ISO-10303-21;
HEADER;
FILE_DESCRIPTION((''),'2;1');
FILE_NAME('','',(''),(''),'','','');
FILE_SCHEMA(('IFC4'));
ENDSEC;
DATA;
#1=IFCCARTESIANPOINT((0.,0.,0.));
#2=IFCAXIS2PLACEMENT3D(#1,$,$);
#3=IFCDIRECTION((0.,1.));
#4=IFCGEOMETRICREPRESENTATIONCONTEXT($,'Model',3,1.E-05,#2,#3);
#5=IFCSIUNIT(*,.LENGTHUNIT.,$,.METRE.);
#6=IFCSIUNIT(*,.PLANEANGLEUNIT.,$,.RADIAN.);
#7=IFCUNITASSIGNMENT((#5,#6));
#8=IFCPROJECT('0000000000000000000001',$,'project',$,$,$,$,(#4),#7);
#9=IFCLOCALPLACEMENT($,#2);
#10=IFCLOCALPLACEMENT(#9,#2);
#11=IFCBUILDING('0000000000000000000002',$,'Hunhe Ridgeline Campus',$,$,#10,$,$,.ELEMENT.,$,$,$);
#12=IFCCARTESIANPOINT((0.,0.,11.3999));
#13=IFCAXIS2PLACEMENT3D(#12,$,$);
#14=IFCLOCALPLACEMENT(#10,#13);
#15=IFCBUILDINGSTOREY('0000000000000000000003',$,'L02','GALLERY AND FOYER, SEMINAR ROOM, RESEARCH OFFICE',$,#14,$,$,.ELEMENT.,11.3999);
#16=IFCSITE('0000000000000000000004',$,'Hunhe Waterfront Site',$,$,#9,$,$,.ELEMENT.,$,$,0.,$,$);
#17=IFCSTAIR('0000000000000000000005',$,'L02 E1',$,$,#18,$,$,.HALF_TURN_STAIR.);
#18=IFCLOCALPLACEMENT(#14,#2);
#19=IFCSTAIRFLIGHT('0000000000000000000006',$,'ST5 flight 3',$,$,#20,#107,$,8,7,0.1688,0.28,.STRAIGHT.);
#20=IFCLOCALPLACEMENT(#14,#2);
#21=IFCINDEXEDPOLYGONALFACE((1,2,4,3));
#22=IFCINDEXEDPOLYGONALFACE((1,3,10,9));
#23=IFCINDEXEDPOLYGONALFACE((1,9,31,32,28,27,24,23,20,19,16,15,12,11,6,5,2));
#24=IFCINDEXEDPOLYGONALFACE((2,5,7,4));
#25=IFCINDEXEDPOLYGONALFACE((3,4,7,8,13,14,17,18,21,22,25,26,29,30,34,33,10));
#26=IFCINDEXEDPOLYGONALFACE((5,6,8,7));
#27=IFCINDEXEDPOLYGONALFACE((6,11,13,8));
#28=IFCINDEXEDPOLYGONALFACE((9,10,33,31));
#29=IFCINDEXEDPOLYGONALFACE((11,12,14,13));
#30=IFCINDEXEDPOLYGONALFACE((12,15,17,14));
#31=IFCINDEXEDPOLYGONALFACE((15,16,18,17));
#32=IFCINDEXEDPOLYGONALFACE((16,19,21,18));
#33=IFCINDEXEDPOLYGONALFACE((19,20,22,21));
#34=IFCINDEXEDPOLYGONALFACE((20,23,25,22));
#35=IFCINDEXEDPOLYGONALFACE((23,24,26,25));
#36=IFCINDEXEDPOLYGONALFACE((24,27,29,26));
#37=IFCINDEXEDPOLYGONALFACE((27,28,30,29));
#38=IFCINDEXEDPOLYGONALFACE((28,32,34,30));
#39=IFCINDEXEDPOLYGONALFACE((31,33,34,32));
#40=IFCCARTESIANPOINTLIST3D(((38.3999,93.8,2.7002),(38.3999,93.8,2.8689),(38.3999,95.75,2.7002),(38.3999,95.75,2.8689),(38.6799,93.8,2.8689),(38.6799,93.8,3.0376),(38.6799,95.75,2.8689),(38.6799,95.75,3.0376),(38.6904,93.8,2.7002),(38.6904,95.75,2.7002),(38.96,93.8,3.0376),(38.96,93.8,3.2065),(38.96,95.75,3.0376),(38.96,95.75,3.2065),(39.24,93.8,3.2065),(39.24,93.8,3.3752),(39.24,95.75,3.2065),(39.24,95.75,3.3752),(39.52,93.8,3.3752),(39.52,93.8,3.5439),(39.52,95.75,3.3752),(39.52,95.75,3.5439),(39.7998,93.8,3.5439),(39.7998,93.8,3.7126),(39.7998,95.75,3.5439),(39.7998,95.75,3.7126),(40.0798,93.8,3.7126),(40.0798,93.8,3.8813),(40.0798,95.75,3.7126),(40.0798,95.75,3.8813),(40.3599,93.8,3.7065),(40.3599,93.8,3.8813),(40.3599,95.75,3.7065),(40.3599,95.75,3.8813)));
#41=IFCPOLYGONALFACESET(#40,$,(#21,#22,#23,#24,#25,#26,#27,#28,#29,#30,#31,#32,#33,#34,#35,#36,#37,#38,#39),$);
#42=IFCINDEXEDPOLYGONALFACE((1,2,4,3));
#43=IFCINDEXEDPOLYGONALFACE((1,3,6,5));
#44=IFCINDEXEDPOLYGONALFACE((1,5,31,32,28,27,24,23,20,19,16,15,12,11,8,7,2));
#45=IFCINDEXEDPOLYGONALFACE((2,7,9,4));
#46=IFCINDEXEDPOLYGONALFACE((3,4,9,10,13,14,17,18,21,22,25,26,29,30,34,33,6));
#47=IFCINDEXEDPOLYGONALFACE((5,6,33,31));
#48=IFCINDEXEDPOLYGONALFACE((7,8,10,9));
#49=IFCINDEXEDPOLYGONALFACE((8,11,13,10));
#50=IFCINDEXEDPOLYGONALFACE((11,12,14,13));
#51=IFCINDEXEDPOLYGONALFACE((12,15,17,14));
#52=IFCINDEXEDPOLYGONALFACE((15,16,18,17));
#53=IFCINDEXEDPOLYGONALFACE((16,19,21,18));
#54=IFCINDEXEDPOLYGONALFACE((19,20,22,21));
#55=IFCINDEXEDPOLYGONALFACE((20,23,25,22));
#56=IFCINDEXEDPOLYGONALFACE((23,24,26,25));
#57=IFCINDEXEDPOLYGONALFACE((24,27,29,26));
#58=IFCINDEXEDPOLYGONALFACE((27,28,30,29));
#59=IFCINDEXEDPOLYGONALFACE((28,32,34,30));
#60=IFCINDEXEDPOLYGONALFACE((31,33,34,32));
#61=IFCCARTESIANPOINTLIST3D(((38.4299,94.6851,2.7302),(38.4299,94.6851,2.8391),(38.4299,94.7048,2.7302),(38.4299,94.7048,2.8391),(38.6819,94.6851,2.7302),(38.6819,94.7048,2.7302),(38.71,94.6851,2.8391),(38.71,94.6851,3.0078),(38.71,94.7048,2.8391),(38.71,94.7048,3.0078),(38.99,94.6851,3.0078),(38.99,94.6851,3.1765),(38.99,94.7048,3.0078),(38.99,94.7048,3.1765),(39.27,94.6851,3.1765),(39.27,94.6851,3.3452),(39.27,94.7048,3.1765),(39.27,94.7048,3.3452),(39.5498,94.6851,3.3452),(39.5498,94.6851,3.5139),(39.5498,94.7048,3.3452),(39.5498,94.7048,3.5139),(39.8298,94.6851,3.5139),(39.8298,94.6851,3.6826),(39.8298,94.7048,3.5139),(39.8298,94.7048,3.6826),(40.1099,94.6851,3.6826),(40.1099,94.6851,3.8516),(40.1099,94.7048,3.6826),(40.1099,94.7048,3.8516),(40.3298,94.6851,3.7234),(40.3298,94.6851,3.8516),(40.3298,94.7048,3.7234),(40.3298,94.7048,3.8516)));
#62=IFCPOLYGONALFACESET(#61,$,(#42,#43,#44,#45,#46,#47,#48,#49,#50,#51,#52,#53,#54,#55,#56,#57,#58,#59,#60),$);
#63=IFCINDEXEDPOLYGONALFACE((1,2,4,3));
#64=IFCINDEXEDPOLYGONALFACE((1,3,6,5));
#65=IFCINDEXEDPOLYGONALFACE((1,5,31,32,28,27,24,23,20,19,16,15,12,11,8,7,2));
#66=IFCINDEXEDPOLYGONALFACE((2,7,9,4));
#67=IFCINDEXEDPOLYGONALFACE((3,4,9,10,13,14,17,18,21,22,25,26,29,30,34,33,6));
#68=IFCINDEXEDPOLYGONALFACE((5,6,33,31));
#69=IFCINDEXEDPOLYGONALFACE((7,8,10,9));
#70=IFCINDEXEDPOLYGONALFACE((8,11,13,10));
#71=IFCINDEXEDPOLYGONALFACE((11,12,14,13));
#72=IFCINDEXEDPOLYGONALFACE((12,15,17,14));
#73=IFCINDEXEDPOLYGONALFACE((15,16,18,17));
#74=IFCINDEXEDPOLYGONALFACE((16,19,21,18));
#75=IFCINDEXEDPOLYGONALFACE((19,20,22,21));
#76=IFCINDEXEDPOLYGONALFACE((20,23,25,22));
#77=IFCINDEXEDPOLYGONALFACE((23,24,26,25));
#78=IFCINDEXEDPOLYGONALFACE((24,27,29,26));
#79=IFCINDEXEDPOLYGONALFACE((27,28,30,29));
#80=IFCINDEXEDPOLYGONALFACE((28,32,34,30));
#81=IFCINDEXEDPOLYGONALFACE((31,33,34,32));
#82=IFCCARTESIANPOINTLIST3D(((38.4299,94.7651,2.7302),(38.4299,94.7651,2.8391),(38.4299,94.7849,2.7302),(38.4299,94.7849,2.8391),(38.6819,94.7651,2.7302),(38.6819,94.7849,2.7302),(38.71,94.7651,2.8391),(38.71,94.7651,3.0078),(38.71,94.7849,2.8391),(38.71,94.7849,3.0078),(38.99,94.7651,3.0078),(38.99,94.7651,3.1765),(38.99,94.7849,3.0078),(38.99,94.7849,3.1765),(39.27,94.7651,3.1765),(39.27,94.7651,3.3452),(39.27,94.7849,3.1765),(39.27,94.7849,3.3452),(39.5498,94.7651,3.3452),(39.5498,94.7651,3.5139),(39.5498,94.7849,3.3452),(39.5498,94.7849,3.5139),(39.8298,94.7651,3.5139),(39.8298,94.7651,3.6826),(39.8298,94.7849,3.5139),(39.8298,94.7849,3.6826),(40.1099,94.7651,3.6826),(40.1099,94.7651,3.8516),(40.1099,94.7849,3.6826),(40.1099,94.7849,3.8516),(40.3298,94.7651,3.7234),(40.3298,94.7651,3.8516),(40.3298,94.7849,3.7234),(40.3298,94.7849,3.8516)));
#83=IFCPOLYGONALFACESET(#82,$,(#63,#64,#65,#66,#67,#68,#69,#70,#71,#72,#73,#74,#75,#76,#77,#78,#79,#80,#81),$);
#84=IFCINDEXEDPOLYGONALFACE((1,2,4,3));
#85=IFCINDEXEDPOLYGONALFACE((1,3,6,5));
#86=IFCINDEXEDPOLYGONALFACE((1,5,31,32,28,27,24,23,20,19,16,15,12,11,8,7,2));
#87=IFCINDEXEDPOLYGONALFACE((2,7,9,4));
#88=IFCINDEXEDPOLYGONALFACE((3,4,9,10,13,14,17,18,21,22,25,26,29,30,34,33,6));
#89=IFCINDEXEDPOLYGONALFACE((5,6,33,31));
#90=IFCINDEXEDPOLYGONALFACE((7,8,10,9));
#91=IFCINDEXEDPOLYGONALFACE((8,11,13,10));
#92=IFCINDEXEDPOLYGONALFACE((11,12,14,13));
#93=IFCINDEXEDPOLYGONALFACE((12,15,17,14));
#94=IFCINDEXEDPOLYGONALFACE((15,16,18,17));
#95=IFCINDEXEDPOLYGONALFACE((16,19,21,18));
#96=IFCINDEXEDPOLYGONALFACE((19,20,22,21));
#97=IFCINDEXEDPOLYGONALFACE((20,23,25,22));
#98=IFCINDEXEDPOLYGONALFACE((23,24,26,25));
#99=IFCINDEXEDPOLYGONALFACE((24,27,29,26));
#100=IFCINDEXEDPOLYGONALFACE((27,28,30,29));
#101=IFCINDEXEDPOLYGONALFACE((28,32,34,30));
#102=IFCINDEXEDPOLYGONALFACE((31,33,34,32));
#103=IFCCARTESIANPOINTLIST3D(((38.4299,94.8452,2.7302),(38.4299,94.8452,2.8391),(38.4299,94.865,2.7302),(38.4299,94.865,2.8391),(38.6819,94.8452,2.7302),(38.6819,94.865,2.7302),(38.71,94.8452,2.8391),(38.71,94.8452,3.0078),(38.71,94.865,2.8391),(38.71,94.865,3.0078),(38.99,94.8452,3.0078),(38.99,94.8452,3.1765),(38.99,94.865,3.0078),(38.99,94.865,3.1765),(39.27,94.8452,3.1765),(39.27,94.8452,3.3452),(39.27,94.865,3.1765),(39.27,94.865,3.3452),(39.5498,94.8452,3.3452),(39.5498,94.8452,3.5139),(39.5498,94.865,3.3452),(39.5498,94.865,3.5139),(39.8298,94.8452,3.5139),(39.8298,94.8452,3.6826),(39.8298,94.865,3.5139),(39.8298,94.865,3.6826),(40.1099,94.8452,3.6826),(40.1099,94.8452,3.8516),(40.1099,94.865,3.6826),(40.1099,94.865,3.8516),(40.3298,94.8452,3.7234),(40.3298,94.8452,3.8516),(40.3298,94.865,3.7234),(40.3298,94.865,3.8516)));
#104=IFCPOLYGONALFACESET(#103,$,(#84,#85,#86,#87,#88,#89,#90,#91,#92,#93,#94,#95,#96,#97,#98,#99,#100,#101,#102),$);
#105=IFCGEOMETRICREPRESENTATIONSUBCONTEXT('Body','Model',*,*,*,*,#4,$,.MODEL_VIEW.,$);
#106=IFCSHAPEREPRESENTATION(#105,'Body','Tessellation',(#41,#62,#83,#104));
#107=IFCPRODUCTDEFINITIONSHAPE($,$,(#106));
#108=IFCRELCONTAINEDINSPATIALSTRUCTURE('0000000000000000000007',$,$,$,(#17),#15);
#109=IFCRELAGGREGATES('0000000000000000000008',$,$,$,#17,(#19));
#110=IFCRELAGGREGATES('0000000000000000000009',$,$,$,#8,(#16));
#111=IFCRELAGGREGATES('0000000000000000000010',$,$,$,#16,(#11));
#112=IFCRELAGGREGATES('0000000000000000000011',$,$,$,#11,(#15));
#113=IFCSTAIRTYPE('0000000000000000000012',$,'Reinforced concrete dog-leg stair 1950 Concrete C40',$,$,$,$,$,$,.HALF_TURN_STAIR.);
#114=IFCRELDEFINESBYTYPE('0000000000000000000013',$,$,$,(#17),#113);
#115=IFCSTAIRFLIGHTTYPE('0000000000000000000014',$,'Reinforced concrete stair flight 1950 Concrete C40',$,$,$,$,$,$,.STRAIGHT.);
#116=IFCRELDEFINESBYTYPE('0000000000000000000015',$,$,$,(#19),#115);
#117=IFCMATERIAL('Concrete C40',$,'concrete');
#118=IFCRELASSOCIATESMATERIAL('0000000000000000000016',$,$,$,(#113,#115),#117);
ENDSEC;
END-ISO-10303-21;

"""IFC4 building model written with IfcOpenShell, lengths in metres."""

from ifc_helpers import new_model, si_unit, direction, frame, origin, place, context, subcontext, project, spatial, polyline, outline, extrude, material, type_object, element, aggregate, save


model = new_model("IFC4")

# Units and contexts
model_context = context("Model", 3, precision=1e-05, world=origin(), true_north=direction((0.0, 1.0)))
body_context = subcontext(model_context, "Body", "Model", "MODEL_VIEW")
ifc_project = project(units=[si_unit("LENGTHUNIT", "METRE"), si_unit("PLANEANGLEUNIT", "RADIAN")], contexts=[model_context])

# Site, building, storey
site_placement = place(None, origin())
site = spatial("IfcSite", under=ifc_project, at=site_placement, Name="Hunhe Waterfront Site", CompositionType="ELEMENT", RefElevation=0.0)
building_placement = place(site_placement, origin())
building = spatial("IfcBuilding", under=site, at=building_placement, Name="Hunhe Ridgeline Campus", CompositionType="ELEMENT")
storey_placement = place(building_placement, frame((0.0, 0.0, 11.3999)))
storey = spatial("IfcBuildingStorey", under=building, at=storey_placement, Name="L02", Description="GALLERY AND FOYER, SEMINAR ROOM, RESEARCH OFFICE", CompositionType="ELEMENT", Elevation=11.3999)

# Stair, stair flight
ifc_material_1 = material(Name="Concrete C40", Category="concrete")
stair_type = type_object("IfcStairType", Name="Reinforced concrete dog-leg stair 1950 Concrete C40", PredefinedType="HALF_TURN_STAIR", material=ifc_material_1)
stair_placement = place(storey_placement, origin())
stair = element("IfcStair", 1, at=stair_placement, inside=storey, type_object=stair_type, Name="L02 E1", PredefinedType="HALF_TURN_STAIR")
stair_flight_type = type_object("IfcStairFlightType", Name="Reinforced concrete stair flight 1950 Concrete C40", PredefinedType="STRAIGHT", material=ifc_material_1)
stair_flight_1_placement = place(storey_placement, frame((38.3999, 94.7749, 2.7002), z_axis=(0.0, 0.0, 1.0), x_axis=(1.0, 0.0, 0.0)))
stair_flight_1 = element("IfcStairFlight", 2, at=stair_flight_1_placement, type_object=stair_flight_type, Name="ST5 flight 3", NumberOfRisers=8, NumberOfTreads=7, PredefinedType="STRAIGHT", RiserHeight=0.1688, TreadLength=0.28, context=body_context, shape_type="SweptSolid", body=[
    extrude(outline(polyline([(0.0, 0.0), (0.0, 0.1687), (0.28, 0.1687), (0.28, 0.3374), (0.5601, 0.3374), (0.5601, 0.5063), (0.8401, 0.5063), (0.8401, 0.675), (1.1201, 0.675), (1.1201, 0.8438), (1.3999, 0.8438), (1.3999, 1.0125), (1.6799, 1.0125), (1.6799, 1.1812), (1.96, 1.1812), (1.96, 1.3501), (1.96, 1.0063), (0.2905, 0.0), (0.0, 0.0)])), frame((0.0, 0.9751, 0.0), z_axis=(0.0, -1.0, 0.0), x_axis=(1.0, 0.0, 0.0)), (0.0, 0.0, 1.0), 1.95),
    extrude(outline(polyline([(0.03, 0.03), (0.03, 0.1389), (0.3101, 0.1389), (0.3101, 0.3076), (0.5901, 0.3076), (0.5901, 0.4763), (0.8701, 0.4763), (0.8701, 0.645), (1.1499, 0.645), (1.1499, 0.8137), (1.4299, 0.8137), (1.4299, 0.9824), (1.71, 0.9824), (1.71, 1.1514), (1.9299, 1.1514), (1.9299, 1.0232), (0.282, 0.03), (0.03, 0.03)])), frame((0.0, -0.0701, 0.0), z_axis=(0.0, -1.0, 0.0), x_axis=(1.0, 0.0, 0.0)), (0.0, 0.0, 1.0), 0.0198),
    extrude(outline(polyline([(0.03, 0.03), (0.03, 0.1389), (0.3101, 0.1389), (0.3101, 0.3076), (0.5901, 0.3076), (0.5901, 0.4763), (0.8701, 0.4763), (0.8701, 0.645), (1.1499, 0.645), (1.1499, 0.8137), (1.4299, 0.8137), (1.4299, 0.9824), (1.71, 0.9824), (1.71, 1.1514), (1.9299, 1.1514), (1.9299, 1.0232), (0.282, 0.03), (0.03, 0.03)])), frame((0.0, 0.01, 0.0), z_axis=(0.0, -1.0, 0.0), x_axis=(1.0, 0.0, 0.0)), (0.0, 0.0, 1.0), 0.0198),
    extrude(outline(polyline([(0.03, 0.03), (0.03, 0.1389), (0.3101, 0.1389), (0.3101, 0.3076), (0.5901, 0.3076), (0.5901, 0.4763), (0.8701, 0.4763), (0.8701, 0.645), (1.1499, 0.645), (1.1499, 0.8137), (1.4299, 0.8137), (1.4299, 0.9824), (1.71, 0.9824), (1.71, 1.1514), (1.9299, 1.1514), (1.9299, 1.0232), (0.282, 0.03), (0.03, 0.03)])), frame((0.0, 0.0901, 0.0), z_axis=(0.0, -1.0, 0.0), x_axis=(1.0, 0.0, 0.0)), (0.0, 0.0, 1.0), 0.0198),
])
aggregate(stair, [stair_flight_1])

save(model, "model.ifc")
